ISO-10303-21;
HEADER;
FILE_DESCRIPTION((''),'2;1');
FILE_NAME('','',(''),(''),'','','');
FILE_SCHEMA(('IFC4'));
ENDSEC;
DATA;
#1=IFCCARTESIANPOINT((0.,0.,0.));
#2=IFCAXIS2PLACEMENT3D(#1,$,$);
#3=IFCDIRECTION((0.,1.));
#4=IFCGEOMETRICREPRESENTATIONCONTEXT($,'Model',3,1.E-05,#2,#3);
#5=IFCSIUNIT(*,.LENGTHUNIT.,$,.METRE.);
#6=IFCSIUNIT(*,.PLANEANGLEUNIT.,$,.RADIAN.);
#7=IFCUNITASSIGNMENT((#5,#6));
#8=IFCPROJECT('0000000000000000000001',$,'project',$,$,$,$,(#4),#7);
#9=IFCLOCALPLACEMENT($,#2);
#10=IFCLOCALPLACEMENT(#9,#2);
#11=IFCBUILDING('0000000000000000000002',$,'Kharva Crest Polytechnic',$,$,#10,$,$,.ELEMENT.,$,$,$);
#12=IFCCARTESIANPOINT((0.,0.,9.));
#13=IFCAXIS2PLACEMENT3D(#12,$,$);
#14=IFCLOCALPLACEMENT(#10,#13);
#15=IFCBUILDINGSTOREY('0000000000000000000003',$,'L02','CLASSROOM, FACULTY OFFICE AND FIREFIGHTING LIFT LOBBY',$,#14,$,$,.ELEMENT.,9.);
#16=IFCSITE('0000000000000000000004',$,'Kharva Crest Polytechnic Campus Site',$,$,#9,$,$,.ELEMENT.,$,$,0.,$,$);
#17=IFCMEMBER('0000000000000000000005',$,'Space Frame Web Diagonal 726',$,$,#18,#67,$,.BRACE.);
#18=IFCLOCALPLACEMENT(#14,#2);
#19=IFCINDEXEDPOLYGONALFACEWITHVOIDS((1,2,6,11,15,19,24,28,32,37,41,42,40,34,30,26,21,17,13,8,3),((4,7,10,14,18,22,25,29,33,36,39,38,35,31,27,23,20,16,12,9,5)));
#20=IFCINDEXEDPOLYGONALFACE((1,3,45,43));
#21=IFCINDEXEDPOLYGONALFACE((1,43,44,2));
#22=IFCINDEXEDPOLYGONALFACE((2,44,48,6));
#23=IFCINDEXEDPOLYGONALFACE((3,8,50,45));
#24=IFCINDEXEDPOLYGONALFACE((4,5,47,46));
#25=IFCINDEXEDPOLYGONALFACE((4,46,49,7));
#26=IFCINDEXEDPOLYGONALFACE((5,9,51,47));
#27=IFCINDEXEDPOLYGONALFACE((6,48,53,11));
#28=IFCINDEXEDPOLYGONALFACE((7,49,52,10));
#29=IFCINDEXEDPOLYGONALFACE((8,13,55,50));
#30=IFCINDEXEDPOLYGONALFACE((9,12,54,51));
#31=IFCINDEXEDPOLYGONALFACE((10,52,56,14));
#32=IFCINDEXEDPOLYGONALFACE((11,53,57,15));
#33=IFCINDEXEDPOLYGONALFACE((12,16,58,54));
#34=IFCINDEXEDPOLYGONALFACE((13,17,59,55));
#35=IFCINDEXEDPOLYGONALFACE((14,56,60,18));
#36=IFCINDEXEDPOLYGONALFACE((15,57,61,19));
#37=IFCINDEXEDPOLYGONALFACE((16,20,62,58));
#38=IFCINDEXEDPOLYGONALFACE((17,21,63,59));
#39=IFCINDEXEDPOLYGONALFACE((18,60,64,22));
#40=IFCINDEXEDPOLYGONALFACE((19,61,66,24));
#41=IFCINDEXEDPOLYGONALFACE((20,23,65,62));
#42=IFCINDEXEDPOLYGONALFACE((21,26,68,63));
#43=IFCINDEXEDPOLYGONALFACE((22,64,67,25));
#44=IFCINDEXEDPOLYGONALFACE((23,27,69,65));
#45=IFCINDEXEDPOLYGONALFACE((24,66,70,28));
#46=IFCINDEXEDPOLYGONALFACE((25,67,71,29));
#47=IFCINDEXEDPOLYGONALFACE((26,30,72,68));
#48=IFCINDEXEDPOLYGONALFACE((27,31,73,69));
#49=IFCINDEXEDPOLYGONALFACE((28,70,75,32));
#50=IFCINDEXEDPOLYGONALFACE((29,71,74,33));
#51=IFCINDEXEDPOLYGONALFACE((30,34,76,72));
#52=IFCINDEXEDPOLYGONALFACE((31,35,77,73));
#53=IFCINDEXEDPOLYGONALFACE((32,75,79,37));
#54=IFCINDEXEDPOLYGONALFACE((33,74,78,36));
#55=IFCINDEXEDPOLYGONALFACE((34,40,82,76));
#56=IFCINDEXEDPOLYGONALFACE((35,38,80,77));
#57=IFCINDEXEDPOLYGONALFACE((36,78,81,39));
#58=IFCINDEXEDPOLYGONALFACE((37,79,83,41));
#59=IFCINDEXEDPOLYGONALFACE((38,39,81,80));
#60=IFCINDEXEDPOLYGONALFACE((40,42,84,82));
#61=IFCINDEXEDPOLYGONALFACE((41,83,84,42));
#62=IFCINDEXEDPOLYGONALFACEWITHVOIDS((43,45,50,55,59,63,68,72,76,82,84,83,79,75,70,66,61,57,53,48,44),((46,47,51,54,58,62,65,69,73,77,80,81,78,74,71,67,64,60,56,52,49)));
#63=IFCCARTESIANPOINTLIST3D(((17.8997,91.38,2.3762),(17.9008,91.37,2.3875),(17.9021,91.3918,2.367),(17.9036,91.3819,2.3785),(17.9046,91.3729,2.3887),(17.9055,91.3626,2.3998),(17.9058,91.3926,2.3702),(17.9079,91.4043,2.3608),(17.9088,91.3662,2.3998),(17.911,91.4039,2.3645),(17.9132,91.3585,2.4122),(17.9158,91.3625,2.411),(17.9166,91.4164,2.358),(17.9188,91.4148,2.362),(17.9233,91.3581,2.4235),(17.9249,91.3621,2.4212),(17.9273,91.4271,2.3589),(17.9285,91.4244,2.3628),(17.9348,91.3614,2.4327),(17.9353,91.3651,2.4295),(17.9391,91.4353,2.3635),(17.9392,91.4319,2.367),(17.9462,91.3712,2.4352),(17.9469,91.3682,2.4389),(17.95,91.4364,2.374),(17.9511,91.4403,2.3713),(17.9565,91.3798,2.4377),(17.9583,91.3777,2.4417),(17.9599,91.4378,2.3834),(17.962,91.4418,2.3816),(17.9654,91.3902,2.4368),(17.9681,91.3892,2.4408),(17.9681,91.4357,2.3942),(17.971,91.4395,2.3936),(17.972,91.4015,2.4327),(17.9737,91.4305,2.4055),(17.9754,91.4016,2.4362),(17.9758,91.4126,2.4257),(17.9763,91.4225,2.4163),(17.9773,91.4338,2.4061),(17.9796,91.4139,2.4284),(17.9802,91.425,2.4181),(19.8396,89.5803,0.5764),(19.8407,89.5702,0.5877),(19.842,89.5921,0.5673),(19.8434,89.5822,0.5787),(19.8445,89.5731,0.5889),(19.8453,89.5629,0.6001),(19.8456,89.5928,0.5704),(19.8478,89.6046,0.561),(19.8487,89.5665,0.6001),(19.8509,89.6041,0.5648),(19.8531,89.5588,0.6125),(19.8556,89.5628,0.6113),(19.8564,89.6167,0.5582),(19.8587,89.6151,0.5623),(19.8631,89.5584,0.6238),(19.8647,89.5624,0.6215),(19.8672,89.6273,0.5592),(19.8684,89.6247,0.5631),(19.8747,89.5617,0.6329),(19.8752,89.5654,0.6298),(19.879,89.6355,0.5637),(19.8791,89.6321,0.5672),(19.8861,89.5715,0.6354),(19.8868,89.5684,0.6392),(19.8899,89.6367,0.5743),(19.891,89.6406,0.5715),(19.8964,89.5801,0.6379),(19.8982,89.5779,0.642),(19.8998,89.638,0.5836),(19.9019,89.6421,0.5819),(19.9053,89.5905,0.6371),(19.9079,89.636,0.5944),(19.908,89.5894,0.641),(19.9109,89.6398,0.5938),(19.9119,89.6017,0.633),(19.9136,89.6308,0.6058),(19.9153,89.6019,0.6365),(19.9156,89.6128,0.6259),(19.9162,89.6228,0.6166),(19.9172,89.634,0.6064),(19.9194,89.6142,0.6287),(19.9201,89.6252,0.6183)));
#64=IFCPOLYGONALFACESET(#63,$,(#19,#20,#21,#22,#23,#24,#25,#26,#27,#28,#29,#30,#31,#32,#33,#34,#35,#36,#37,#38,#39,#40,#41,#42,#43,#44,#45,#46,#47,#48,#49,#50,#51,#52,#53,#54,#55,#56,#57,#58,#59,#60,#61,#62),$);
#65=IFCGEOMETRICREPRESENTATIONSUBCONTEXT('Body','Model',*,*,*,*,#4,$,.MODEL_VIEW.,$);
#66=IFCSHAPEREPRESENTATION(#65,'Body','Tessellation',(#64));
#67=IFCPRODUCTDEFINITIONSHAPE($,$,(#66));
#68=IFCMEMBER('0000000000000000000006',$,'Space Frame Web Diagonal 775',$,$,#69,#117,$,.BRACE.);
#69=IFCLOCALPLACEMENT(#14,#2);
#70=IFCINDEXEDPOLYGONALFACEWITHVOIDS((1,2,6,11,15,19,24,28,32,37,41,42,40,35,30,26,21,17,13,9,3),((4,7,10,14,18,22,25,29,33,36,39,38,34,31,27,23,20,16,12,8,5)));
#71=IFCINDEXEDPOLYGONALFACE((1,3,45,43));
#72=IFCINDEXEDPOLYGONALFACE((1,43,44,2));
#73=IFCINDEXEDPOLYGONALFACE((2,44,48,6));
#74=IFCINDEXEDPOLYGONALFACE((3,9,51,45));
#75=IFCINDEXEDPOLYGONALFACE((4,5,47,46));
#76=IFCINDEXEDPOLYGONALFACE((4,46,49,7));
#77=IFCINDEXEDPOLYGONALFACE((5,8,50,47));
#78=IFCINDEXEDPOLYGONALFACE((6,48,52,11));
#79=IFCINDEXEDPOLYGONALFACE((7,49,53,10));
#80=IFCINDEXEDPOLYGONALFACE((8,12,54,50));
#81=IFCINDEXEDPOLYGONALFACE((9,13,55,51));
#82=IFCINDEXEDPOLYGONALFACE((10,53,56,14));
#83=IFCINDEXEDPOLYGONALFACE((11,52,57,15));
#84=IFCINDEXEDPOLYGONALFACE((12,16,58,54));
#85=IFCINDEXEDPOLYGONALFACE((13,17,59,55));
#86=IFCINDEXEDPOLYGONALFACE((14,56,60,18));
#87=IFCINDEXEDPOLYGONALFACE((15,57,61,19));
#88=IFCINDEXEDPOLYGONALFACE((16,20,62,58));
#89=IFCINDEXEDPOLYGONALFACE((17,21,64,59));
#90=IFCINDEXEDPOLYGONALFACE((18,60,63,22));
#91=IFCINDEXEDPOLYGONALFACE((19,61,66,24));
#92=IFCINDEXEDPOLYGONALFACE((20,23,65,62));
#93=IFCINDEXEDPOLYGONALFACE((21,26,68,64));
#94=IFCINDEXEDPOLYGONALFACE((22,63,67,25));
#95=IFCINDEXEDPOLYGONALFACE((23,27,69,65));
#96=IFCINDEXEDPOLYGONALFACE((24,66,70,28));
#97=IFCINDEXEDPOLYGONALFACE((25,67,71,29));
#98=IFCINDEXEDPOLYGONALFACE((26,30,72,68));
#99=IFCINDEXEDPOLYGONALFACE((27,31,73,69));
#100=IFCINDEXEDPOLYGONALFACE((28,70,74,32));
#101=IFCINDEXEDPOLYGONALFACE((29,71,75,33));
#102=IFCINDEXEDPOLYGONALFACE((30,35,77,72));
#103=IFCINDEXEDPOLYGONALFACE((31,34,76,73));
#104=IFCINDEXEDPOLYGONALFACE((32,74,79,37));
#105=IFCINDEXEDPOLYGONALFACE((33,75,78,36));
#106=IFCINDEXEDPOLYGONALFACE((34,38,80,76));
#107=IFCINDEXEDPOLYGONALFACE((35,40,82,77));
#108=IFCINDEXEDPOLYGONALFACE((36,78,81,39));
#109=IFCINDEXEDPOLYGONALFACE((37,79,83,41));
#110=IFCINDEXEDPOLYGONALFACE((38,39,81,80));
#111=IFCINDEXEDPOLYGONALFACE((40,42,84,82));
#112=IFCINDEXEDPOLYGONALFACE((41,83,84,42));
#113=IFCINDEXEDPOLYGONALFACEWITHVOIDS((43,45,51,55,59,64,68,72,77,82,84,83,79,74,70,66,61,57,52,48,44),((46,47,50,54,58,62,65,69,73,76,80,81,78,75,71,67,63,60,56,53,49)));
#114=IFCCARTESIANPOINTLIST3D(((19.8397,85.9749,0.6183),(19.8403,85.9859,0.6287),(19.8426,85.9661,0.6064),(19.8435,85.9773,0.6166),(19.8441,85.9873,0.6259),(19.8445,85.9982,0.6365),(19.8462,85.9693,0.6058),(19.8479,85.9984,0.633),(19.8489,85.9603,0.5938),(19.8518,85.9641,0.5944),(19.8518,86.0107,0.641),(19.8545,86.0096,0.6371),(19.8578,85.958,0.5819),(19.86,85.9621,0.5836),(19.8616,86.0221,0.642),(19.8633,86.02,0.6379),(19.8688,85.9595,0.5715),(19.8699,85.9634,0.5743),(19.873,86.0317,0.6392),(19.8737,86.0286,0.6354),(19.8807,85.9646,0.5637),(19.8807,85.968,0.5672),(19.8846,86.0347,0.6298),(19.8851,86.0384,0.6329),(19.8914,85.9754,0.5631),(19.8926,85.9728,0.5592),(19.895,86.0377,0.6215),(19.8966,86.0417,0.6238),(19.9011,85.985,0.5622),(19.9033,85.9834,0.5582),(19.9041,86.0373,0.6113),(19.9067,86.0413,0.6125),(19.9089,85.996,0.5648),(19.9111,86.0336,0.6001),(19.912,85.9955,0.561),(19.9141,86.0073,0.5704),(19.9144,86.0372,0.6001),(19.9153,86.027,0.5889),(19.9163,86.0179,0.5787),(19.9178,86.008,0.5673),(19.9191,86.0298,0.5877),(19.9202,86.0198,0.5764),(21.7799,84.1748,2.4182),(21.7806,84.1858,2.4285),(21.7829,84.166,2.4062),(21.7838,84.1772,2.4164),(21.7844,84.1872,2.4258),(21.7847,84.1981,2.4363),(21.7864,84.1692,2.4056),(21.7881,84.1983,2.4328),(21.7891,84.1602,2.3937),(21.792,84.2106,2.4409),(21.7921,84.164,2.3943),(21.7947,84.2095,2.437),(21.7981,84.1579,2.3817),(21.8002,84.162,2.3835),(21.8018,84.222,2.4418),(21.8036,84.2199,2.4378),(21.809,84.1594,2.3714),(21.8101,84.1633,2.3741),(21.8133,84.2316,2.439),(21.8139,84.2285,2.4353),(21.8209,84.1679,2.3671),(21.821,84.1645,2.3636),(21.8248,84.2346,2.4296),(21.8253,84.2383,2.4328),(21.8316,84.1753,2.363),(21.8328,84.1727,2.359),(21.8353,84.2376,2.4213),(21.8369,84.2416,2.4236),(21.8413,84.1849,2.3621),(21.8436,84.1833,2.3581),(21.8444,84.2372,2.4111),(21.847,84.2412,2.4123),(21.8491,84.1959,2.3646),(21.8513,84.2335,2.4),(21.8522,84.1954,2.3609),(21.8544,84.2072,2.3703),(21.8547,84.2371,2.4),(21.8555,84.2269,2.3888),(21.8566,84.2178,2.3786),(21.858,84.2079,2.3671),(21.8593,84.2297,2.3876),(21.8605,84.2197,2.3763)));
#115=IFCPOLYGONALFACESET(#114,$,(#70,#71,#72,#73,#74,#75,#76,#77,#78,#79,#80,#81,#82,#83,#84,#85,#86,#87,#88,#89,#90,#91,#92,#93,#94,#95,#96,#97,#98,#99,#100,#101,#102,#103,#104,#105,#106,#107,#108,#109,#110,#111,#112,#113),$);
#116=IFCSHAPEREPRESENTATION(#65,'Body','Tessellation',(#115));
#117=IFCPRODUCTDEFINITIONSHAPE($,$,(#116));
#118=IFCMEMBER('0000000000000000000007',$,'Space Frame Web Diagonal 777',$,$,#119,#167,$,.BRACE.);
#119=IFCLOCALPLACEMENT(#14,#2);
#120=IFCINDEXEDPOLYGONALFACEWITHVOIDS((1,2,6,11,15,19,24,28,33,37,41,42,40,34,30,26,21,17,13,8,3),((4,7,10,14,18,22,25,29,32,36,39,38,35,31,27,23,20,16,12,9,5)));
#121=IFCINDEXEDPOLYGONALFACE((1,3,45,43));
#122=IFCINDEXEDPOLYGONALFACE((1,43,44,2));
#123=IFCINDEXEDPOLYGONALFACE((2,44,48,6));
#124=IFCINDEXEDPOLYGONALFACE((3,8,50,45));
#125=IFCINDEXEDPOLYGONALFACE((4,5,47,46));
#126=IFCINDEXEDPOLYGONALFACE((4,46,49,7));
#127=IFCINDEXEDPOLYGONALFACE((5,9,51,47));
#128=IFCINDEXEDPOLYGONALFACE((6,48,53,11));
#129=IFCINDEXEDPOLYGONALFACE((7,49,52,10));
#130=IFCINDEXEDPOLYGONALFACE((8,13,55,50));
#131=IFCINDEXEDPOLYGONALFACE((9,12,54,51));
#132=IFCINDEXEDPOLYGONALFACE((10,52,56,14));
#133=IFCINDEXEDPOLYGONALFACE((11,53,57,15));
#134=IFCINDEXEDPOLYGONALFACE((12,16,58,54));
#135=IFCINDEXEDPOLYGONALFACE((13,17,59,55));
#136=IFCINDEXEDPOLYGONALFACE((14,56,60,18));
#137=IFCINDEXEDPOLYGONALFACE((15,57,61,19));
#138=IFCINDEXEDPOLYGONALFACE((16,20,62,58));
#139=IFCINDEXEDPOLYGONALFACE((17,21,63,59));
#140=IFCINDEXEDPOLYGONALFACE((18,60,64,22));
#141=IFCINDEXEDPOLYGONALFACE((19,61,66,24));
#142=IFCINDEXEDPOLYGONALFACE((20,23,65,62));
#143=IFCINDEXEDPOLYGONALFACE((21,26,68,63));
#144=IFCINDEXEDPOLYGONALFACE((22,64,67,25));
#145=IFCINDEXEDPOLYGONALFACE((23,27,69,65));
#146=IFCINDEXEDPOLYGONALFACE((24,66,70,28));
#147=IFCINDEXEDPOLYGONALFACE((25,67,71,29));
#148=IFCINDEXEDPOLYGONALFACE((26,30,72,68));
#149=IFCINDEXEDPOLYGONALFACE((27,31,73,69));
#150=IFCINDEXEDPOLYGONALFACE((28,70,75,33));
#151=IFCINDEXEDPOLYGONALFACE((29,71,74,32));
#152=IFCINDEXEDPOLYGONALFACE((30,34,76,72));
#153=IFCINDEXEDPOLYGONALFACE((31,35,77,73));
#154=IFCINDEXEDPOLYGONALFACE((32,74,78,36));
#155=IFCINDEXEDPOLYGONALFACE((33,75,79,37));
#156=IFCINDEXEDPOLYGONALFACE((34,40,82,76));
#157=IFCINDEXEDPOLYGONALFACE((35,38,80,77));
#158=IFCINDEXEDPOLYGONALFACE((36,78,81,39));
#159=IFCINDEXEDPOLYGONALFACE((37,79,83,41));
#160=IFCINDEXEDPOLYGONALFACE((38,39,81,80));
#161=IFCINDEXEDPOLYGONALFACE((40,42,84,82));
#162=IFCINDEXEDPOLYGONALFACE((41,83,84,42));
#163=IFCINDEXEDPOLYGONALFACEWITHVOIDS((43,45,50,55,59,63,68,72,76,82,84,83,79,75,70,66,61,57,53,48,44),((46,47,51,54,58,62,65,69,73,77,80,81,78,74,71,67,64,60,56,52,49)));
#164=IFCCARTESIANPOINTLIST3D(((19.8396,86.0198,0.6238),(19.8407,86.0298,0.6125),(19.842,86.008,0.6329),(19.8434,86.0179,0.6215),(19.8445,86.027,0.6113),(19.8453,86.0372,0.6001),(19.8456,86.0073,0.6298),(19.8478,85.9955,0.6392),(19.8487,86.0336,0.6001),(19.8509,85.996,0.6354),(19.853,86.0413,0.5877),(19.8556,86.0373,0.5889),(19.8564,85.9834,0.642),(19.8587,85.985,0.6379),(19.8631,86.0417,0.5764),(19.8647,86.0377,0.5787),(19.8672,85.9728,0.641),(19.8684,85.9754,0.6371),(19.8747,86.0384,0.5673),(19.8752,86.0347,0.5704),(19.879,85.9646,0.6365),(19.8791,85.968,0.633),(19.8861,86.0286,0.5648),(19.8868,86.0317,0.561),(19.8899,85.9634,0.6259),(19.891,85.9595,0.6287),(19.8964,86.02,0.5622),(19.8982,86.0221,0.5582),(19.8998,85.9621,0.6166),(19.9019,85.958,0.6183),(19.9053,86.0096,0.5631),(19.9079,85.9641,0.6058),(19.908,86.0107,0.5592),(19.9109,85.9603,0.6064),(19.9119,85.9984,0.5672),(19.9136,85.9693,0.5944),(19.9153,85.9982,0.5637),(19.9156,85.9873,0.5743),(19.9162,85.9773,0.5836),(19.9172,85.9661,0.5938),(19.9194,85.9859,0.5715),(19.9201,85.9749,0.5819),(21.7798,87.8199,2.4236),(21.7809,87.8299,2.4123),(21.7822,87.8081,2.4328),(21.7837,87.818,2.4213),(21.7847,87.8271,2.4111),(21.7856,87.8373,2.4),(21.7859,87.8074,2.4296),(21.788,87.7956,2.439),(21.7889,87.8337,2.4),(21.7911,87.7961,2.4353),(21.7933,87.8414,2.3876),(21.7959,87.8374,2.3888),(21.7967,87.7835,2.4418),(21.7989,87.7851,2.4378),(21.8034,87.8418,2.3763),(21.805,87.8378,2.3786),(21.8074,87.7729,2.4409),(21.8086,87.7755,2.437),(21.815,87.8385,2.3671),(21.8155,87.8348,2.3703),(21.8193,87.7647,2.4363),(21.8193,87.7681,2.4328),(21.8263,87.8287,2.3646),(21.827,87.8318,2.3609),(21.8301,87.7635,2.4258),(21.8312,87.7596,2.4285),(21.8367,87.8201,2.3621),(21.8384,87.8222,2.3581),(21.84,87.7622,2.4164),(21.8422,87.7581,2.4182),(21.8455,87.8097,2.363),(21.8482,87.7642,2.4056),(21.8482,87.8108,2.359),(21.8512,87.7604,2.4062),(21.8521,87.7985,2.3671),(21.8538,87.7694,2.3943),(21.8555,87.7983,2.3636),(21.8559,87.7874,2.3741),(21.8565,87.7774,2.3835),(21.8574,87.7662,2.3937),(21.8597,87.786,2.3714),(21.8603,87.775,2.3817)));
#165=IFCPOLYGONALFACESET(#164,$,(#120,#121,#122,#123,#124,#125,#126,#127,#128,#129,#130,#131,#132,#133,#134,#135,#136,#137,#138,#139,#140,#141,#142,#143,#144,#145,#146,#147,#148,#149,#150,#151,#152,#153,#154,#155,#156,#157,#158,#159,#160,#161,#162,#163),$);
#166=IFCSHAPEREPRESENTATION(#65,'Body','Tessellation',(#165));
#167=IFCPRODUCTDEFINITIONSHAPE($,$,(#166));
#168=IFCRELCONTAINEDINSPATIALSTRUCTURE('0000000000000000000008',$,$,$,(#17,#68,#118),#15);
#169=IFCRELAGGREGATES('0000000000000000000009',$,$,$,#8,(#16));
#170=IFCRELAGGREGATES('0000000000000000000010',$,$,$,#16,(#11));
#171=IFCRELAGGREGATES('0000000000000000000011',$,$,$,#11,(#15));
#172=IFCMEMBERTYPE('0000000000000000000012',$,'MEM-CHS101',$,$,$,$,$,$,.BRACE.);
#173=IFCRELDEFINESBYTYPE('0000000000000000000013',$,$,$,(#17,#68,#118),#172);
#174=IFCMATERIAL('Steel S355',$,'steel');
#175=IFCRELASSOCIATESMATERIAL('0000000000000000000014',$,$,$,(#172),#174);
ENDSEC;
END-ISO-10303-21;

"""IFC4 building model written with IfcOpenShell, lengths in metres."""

from ifc_helpers import new_model, si_unit, direction, frame, origin, origin_2d, place, context, subcontext, project, spatial, hollow_circle, extrude, material, material_profile, profile_set, type_object, element, save


model = new_model("IFC4")

# Units and contexts
model_context = context("Model", 3, precision=1e-05, world=origin(), true_north=direction((0.0, 1.0)))
body_context = subcontext(model_context, "Body", "Model", "MODEL_VIEW")
ifc_project = project(units=[si_unit("LENGTHUNIT", "METRE"), si_unit("PLANEANGLEUNIT", "RADIAN")], contexts=[model_context])

# Site, building, storey
site_placement = place(None, origin())
site = spatial("IfcSite", under=ifc_project, at=site_placement, Name="Kharva Crest Polytechnic Campus Site", CompositionType="ELEMENT", RefElevation=0.0)
building_placement = place(site_placement, origin())
building = spatial("IfcBuilding", under=site, at=building_placement, Name="Kharva Crest Polytechnic", CompositionType="ELEMENT")
storey_placement = place(building_placement, frame((0.0, 0.0, 9.0)))
storey = spatial("IfcBuildingStorey", under=building, at=storey_placement, Name="L02", Description="CLASSROOM, FACULTY OFFICE AND FIREFIGHTING LIFT LOBBY", CompositionType="ELEMENT", Elevation=9.0)

# Shared definitions
ifc_material_1 = material(Name="Steel S355", Category="steel")

# Members
ifc_material_profile_1 = material_profile(ifc_material_1, hollow_circle(Radius=0.0508, WallThickness=0.0049, at=origin_2d()), Name="CHS 101.6X5.0")
ifc_profile_set_1 = profile_set([ifc_material_profile_1], Name="Steel S355")
member_type_1 = type_object("IfcMemberType", Name="MEM-CHS101", PredefinedType="BRACE", material=ifc_profile_set_1)
for number, where, z_axis, x_axis, name in (
    (1, (19.8799, 89.6001, 0.6001), (-0.606173, 0.562385, 0.562385), (-0.680133, -0.733089, 0.0), "Space Frame Web Diagonal 726"),
):
    element("IfcMember", number, at=place(storey_placement, frame(where, z_axis=z_axis, x_axis=x_axis)), inside=storey, type_object=member_type_1, Name=name, PredefinedType="BRACE", context=body_context, shape_type="SweptSolid", body=[
        extrude(hollow_circle(Radius=0.0508, WallThickness=0.0049, at=origin_2d()), origin(), (0.0, 0.0, 1.0), 3.2002),
    ])
for number, where, z_axis, x_axis, name in (
    (2, (19.8799, 86.0, 0.6001), (0.606196, -0.562411, 0.562335), (0.680136, 0.733086, 0.0), "Space Frame Web Diagonal 775"),
    (3, (19.8799, 86.0, 0.6001), (0.606196, 0.562411, 0.562335), (-0.680136, 0.733086, 0.0), "Space Frame Web Diagonal 777"),
):
    element("IfcMember", number, at=place(storey_placement, frame(where, z_axis=z_axis, x_axis=x_axis)), inside=storey, type_object=member_type_1, Name=name, PredefinedType="BRACE", context=body_context, shape_type="SweptSolid", body=[
        extrude(hollow_circle(Radius=0.0508, WallThickness=0.0049, at=origin_2d()), origin(), (0.0, 0.0, 1.0), 3.2007),
    ])

save(model, "model.ifc")
